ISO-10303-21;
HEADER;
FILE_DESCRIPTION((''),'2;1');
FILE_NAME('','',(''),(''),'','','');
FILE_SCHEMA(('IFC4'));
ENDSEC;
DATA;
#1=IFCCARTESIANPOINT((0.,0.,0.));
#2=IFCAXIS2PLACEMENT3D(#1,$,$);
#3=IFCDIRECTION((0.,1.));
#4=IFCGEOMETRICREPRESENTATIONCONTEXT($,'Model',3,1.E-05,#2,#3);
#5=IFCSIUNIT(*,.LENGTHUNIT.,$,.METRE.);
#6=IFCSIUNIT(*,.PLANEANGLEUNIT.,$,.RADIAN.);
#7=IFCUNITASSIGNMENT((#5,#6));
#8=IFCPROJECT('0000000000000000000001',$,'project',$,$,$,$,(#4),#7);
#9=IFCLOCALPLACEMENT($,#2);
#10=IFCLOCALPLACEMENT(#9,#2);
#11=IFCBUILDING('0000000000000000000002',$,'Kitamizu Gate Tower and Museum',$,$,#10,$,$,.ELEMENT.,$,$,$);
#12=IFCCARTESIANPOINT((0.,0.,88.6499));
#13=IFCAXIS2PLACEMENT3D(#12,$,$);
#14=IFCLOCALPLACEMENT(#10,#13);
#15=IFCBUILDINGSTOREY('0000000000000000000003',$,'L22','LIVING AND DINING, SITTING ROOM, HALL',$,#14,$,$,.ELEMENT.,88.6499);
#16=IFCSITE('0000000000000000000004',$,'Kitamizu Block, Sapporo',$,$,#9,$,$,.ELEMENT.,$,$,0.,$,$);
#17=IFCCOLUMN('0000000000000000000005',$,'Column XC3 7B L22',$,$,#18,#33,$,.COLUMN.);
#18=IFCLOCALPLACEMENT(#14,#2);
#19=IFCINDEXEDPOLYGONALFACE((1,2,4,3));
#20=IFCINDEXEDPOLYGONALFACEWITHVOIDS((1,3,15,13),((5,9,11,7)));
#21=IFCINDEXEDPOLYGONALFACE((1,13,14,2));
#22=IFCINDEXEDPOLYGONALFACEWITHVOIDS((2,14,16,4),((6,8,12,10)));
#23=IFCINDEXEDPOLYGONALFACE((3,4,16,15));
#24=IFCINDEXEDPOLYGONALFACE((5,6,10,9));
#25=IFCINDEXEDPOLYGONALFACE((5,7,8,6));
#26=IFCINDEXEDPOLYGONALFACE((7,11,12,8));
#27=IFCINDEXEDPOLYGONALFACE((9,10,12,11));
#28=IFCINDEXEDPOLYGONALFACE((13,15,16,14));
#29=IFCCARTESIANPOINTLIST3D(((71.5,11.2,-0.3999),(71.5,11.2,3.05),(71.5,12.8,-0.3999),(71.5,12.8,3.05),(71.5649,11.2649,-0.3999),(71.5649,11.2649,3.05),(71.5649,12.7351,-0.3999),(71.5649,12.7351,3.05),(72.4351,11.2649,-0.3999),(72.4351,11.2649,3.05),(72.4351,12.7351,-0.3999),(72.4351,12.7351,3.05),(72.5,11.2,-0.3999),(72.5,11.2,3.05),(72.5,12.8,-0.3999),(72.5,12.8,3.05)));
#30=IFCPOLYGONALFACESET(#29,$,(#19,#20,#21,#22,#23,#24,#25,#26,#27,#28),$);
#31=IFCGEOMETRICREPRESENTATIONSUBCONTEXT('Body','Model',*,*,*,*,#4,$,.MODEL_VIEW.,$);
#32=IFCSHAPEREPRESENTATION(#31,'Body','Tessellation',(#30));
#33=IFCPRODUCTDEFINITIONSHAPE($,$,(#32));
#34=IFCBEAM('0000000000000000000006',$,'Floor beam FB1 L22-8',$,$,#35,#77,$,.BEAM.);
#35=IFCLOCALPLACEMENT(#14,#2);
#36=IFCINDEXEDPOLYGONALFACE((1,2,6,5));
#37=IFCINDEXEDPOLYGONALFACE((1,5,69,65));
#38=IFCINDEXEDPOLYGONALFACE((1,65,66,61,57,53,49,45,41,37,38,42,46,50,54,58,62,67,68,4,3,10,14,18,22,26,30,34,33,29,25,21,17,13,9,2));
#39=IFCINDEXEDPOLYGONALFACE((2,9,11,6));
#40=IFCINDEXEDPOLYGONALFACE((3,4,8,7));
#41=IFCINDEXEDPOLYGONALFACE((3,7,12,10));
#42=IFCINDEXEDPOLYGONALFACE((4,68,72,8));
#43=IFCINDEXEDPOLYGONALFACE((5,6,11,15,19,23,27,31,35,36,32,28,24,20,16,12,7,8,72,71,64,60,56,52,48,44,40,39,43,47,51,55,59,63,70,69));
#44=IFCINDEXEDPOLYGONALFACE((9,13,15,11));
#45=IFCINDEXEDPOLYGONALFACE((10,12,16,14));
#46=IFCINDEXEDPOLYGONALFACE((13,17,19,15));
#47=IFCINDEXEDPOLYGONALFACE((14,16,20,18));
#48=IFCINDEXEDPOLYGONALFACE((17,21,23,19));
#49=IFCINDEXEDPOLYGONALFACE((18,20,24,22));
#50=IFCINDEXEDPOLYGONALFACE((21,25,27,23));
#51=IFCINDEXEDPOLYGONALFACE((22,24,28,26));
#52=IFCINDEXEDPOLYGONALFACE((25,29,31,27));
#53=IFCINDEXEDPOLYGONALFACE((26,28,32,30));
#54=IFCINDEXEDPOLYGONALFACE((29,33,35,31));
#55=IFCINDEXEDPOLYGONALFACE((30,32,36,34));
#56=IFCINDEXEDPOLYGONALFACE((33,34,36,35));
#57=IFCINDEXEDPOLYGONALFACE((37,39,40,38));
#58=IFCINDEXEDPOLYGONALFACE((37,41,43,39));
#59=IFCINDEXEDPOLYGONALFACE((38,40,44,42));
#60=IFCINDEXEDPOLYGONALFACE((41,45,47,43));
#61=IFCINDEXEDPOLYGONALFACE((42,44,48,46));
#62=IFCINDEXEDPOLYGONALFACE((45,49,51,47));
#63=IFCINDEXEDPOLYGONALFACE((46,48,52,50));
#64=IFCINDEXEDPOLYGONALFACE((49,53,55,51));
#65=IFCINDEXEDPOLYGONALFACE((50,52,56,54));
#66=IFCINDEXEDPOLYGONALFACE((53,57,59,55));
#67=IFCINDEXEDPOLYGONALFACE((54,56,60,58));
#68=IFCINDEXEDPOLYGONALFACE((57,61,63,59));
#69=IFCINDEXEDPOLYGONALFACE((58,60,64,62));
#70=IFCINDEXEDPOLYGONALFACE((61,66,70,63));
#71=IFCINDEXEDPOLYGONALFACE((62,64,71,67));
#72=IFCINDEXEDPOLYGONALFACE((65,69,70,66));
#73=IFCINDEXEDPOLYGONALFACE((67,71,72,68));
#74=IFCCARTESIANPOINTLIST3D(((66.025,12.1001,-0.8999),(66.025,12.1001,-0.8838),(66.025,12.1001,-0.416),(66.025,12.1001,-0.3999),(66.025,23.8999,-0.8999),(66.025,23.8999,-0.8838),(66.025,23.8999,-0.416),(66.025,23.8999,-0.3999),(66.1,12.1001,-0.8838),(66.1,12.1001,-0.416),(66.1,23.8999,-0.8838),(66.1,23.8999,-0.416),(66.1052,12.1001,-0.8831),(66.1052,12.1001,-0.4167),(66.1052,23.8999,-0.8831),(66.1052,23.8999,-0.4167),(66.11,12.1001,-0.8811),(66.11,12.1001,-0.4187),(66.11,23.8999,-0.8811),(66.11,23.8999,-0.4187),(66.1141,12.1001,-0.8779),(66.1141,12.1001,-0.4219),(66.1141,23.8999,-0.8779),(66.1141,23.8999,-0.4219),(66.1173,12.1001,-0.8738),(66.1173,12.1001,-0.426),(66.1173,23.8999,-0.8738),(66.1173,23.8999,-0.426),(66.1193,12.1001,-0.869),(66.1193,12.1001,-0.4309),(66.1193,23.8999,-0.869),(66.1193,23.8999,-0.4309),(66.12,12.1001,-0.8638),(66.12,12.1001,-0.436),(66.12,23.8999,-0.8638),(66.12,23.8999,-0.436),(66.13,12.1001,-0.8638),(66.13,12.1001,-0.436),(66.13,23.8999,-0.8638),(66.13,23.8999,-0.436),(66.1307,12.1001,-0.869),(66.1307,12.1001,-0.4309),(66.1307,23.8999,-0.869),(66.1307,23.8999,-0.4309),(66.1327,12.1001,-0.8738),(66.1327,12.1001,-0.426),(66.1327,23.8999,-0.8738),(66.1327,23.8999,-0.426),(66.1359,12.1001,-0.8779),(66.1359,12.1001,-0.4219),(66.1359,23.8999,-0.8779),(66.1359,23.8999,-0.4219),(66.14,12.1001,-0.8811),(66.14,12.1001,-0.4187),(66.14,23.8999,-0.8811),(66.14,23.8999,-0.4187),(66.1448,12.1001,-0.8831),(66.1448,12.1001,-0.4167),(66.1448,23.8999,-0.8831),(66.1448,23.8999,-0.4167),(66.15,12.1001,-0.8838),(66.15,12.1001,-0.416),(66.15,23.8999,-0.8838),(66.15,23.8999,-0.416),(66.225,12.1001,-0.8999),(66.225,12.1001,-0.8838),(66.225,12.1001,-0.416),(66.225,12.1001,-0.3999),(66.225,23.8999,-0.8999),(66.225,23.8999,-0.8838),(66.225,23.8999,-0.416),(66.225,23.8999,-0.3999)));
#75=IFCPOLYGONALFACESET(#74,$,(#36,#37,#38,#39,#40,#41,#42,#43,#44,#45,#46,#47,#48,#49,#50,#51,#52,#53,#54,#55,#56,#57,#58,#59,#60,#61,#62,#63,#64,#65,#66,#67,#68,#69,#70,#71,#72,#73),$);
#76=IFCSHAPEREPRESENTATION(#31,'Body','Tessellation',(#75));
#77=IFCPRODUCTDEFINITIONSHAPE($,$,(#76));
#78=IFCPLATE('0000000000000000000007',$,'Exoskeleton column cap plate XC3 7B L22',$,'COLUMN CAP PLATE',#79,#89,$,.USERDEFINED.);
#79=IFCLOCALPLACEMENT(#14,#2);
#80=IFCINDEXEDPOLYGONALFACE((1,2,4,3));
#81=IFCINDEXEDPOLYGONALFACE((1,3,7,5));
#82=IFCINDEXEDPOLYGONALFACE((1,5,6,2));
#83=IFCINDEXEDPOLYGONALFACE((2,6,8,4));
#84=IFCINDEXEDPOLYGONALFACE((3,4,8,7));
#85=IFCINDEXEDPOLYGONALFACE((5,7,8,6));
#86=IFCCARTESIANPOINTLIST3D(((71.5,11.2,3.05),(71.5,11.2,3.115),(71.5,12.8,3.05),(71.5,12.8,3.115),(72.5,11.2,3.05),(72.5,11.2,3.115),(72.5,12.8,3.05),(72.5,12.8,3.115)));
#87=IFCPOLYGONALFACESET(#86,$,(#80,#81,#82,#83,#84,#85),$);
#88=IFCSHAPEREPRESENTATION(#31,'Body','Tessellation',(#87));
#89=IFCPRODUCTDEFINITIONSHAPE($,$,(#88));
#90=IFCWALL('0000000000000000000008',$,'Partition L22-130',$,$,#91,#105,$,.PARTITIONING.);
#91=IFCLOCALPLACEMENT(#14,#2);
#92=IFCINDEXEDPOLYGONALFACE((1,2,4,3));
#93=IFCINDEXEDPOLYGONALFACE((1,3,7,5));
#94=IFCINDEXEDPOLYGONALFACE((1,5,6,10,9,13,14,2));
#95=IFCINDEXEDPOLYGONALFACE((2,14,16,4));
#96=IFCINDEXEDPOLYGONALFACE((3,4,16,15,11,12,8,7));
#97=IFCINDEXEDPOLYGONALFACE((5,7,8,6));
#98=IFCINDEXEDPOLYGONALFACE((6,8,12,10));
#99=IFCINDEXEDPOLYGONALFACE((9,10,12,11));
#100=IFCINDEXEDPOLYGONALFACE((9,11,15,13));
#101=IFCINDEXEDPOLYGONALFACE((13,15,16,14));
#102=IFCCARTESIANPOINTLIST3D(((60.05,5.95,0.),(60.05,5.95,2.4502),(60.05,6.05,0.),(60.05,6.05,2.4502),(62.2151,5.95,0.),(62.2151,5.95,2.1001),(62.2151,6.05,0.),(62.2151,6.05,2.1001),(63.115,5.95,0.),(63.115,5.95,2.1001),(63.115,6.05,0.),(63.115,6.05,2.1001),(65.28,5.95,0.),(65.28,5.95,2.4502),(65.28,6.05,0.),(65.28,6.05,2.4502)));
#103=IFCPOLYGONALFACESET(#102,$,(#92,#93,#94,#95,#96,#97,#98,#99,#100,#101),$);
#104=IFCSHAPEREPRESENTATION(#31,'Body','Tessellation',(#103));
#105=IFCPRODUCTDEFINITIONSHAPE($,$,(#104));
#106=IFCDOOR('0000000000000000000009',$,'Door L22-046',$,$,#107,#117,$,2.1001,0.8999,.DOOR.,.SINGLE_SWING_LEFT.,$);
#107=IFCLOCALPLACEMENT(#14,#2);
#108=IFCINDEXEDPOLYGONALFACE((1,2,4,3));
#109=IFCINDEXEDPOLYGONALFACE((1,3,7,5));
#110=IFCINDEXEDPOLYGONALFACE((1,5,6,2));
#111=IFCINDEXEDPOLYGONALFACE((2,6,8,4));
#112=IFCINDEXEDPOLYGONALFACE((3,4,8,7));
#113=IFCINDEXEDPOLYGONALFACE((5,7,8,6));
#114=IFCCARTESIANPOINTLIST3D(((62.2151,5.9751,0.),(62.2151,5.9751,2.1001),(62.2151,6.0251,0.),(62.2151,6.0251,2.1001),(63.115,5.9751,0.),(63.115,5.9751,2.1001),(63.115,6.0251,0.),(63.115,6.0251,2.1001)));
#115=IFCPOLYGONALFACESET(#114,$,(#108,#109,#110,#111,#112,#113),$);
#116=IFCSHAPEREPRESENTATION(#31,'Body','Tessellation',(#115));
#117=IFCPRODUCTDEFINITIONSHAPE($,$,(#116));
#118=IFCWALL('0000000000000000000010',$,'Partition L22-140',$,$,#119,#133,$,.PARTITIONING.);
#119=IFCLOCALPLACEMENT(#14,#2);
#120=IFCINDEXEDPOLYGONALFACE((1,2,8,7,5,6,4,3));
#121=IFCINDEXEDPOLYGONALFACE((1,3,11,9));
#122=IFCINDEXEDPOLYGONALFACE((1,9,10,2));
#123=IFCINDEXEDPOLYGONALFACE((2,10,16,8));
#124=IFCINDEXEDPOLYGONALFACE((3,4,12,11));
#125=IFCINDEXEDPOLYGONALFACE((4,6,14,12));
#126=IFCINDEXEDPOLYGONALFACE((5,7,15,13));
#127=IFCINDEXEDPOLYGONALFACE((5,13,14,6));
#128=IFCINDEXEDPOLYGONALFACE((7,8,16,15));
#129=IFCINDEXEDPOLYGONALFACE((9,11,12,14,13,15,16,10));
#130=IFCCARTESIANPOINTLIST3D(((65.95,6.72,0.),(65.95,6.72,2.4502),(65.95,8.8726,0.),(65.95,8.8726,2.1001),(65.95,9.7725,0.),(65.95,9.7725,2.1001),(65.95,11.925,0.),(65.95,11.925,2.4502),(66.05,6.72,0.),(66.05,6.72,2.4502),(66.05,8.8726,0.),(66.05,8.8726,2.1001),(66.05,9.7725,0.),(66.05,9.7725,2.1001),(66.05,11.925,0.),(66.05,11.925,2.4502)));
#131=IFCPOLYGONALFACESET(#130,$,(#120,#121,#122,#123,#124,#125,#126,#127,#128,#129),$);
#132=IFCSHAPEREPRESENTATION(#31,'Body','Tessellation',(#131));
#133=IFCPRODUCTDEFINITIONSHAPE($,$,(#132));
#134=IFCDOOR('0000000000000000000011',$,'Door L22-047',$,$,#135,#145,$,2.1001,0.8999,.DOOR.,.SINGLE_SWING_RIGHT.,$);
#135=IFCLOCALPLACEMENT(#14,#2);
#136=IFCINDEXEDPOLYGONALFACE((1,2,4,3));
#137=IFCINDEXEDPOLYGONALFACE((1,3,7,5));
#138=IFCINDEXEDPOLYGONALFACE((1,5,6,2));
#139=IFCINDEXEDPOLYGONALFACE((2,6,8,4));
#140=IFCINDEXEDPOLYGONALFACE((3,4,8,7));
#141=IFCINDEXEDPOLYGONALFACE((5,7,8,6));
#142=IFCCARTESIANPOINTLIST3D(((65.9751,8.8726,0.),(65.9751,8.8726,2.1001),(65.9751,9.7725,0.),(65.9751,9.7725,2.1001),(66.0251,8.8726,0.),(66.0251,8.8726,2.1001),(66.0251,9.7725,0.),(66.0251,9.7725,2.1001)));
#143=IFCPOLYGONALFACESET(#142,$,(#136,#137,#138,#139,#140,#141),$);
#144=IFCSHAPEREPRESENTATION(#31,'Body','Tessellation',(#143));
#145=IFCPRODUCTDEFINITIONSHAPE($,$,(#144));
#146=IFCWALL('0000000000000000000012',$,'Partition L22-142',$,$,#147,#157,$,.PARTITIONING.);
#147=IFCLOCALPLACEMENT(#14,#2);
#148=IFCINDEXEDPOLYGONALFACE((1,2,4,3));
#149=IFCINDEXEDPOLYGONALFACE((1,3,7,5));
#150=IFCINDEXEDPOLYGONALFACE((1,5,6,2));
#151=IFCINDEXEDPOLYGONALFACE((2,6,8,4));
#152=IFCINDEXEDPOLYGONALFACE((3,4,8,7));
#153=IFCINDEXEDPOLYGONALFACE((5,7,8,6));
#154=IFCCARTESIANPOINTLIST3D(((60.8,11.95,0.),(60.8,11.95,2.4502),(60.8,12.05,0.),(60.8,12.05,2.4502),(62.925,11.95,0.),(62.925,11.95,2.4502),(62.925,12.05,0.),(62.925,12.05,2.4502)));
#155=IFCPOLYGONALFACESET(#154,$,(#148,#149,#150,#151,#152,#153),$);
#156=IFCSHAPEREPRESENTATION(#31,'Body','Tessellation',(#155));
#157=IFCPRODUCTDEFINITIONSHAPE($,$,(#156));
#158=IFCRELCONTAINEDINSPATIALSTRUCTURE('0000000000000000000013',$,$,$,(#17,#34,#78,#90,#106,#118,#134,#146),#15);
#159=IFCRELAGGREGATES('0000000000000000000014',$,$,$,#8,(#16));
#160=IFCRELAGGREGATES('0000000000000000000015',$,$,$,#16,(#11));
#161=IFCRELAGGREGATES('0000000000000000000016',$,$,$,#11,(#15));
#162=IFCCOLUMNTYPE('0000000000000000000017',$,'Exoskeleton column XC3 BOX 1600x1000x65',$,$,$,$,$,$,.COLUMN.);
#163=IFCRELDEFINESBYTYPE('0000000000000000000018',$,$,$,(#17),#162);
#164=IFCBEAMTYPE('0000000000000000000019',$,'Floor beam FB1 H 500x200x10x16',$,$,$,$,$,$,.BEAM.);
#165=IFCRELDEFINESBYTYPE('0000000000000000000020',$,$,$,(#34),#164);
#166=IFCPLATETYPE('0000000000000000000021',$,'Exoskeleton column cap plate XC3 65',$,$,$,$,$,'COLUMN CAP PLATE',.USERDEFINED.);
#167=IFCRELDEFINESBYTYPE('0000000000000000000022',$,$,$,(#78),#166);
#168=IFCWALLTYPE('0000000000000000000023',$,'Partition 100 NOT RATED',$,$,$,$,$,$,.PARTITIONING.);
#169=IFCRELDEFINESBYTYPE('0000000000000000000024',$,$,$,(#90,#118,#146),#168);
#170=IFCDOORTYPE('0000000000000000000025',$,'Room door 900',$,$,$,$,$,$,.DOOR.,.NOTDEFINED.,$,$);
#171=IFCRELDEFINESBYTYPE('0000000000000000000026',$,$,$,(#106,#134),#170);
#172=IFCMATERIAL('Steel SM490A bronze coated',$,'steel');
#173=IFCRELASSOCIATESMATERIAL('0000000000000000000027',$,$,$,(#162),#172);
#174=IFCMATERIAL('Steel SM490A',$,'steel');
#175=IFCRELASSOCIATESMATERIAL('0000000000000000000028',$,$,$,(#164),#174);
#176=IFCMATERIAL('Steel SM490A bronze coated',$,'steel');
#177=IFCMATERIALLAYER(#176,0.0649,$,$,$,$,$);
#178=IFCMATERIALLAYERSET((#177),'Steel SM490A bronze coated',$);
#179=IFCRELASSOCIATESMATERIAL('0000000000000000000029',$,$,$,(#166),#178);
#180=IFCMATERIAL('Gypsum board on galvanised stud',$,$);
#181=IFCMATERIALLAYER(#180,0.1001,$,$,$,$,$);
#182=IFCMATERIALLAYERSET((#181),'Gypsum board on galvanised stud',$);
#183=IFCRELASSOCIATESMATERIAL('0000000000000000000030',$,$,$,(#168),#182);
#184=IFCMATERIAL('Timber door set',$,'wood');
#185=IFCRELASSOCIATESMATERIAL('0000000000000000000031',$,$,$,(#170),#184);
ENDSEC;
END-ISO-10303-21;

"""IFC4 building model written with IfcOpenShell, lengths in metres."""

from ifc_helpers import new_model, si_unit, direction, frame, frame_2d, origin, origin_2d, place, context, subcontext, project, spatial, rectangle, hollow_rectangle, i_section, extrude, material, layer, layer_set, material_profile, profile_set, type_object, element, fill, save


model = new_model("IFC4")

# Units and contexts
model_context = context("Model", 3, precision=1e-05, world=origin(), true_north=direction((0.0, 1.0)))
body_context = subcontext(model_context, "Body", "Model", "MODEL_VIEW")
ifc_project = project(units=[si_unit("LENGTHUNIT", "METRE"), si_unit("PLANEANGLEUNIT", "RADIAN")], contexts=[model_context])

# Site, building, storey
site_placement = place(None, origin())
site = spatial("IfcSite", under=ifc_project, at=site_placement, Name="Kitamizu Block, Sapporo", CompositionType="ELEMENT", RefElevation=0.0)
building_placement = place(site_placement, origin())
building = spatial("IfcBuilding", under=site, at=building_placement, Name="Kitamizu Gate Tower and Museum", CompositionType="ELEMENT")
storey_placement = place(building_placement, frame((0.0, 0.0, 88.6499)))
storey = spatial("IfcBuildingStorey", under=building, at=storey_placement, Name="L22", Description="LIVING AND DINING, SITTING ROOM, HALL", CompositionType="ELEMENT", Elevation=88.6499)

# Column
ifc_material_1 = material(Name="Steel SM490A bronze coated", Category="steel")
ifc_material_profile_1 = material_profile(ifc_material_1, hollow_rectangle(XDim=1.6001, YDim=1.0, WallThickness=0.0649, at=origin_2d()), Name="BOX 1600x1000x65")
ifc_profile_set_1 = profile_set([ifc_material_profile_1], Name="Steel SM490A bronze coated")
column_type = type_object("IfcColumnType", Name="Exoskeleton column XC3 BOX 1600x1000x65", PredefinedType="COLUMN", material=ifc_profile_set_1)
column_placement = place(storey_placement, frame((72.0, 12.0, -0.3999), z_axis=(0.0, 0.0, 1.0), x_axis=(0.0, 1.0, 0.0)))
element("IfcColumn", 1, at=column_placement, inside=storey, type_object=column_type, Name="Column XC3 7B L22", PredefinedType="COLUMN", context=body_context, shape_type="SweptSolid", body=[
    extrude(hollow_rectangle(XDim=1.6001, YDim=1.0, WallThickness=0.0649, at=origin_2d()), origin(), (0.0, 0.0, 1.0), 3.45),
])

# Beam
ifc_material_2 = material(Name="Steel SM490A", Category="steel")
ifc_material_profile_2 = material_profile(ifc_material_2, i_section(OverallWidth=0.2, OverallDepth=0.5, WebThickness=0.01, FlangeThickness=0.0161, FilletRadius=0.02, at=origin_2d()), Name="H-500x200x10x16")
ifc_profile_set_2 = profile_set([ifc_material_profile_2], Name="Steel SM490A")
beam_type = type_object("IfcBeamType", Name="Floor beam FB1 H 500x200x10x16", PredefinedType="BEAM", material=ifc_profile_set_2)
beam_placement = place(storey_placement, frame((66.125, 12.1001, -0.6499), z_axis=(0.0, 1.0, 0.0), x_axis=(-1.0, 0.0, 0.0)))
element("IfcBeam", 2, at=beam_placement, inside=storey, type_object=beam_type, Name="Floor beam FB1 L22-8", PredefinedType="BEAM", context=body_context, shape_type="SweptSolid", body=[
    extrude(i_section(OverallWidth=0.2, OverallDepth=0.5, WebThickness=0.01, FlangeThickness=0.0161, FilletRadius=0.02, at=origin_2d()), origin(), (0.0, 0.0, 1.0), 11.7998),
])

# Plate
ifc_material_3 = material(Name="Steel SM490A bronze coated", Category="steel")
ifc_layer_1 = layer(ifc_material_3, 0.0649)
ifc_layer_set_1 = layer_set([ifc_layer_1], Name="Steel SM490A bronze coated")
plate_type = type_object("IfcPlateType", Name="Exoskeleton column cap plate XC3 65", ElementType="COLUMN CAP PLATE", PredefinedType="USERDEFINED", material=ifc_layer_set_1)
plate_placement = place(storey_placement, frame((72.0, 12.0, 3.05), z_axis=(0.0, 0.0, 1.0), x_axis=(0.0, 1.0, 0.0)))
element("IfcPlate", 3, at=plate_placement, inside=storey, type_object=plate_type, Name="Exoskeleton column cap plate XC3 7B L22", ObjectType="COLUMN CAP PLATE", PredefinedType="USERDEFINED", context=body_context, shape_type="SweptSolid", body=[
    extrude(rectangle(XDim=1.6001, YDim=1.0, at=origin_2d()), origin(), (0.0, 0.0, 1.0), 0.0649),
])

# Walls, openings, doors
ifc_material_4 = material(Name="Gypsum board on galvanised stud")
ifc_layer_2 = layer(ifc_material_4, 0.1001)
ifc_layer_set_2 = layer_set([ifc_layer_2], Name="Gypsum board on galvanised stud")
wall_type_1 = type_object("IfcWallType", Name="Partition 100 NOT RATED", PredefinedType="PARTITIONING", material=ifc_layer_set_2)
wall_1_placement = place(storey_placement, frame((65.28, 6.0, 0.0), z_axis=(0.0, 0.0, 1.0), x_axis=(-1.0, 0.0, 0.0)))
wall_1 = element("IfcWall", 4, at=wall_1_placement, inside=storey, type_object=wall_type_1, Name="Partition L22-130", PredefinedType="PARTITIONING", context=body_context, shape_type="SweptSolid", body=[
    extrude(rectangle(XDim=5.23, YDim=0.1001, at=frame_2d((2.615, 0.0))), origin(), (0.0, 0.0, 1.0), 2.4502),
])
opening_1_placement = place(wall_1_placement, frame((2.165, 0.0, 0.0)))
opening_1 = element("IfcOpeningElement", 5, at=opening_1_placement, cuts=wall_1, PredefinedType="OPENING", context=body_context, shape_type="SweptSolid", body=[
    extrude(rectangle(XDim=0.8999, YDim=2.1001, at=frame_2d((0.45, 1.05))), frame((0.0, 0.0601, 0.0), z_axis=(0.0, -1.0, 0.0), x_axis=(1.0, 0.0, 0.0)), (0.0, 0.0, 1.0), 0.1201),
])
ifc_material_5 = material(Name="Timber door set", Category="wood")
door_type_1 = type_object("IfcDoorType", Name="Room door 900", OperationType="NOTDEFINED", PredefinedType="DOOR", material=ifc_material_5)
door_1_placement = place(opening_1_placement, origin())
door_1 = element("IfcDoor", 6, at=door_1_placement, inside=storey, type_object=door_type_1, Name="Door L22-046", OperationType="SINGLE_SWING_LEFT", OverallHeight=2.1001, OverallWidth=0.8999, PredefinedType="DOOR", context=body_context, shape_type="SweptSolid", body=[
    extrude(rectangle(XDim=0.8999, YDim=2.1001, at=frame_2d((0.45, 1.05))), frame((0.0, 0.0249, 0.0), z_axis=(0.0, -1.0, 0.0), x_axis=(1.0, 0.0, 0.0)), (0.0, 0.0, 1.0), 0.05),
])
fill(opening_1, door_1)
wall_2_placement = place(storey_placement, frame((66.0, 6.72, 0.0), z_axis=(0.0, 0.0, 1.0), x_axis=(0.0, 1.0, 0.0)))
wall_2 = element("IfcWall", 7, at=wall_2_placement, inside=storey, type_object=wall_type_1, Name="Partition L22-140", PredefinedType="PARTITIONING", context=body_context, shape_type="SweptSolid", body=[
    extrude(rectangle(XDim=5.2051, YDim=0.1001, at=frame_2d((2.6025, 0.0))), origin(), (0.0, 0.0, 1.0), 2.4502),
])
opening_2_placement = place(wall_2_placement, frame((2.1526, 0.0, 0.0)))
opening_2 = element("IfcOpeningElement", 8, at=opening_2_placement, cuts=wall_2, PredefinedType="OPENING", context=body_context, shape_type="SweptSolid", body=[
    extrude(rectangle(XDim=0.8999, YDim=2.1001, at=frame_2d((0.45, 1.05))), frame((0.0, 0.0601, 0.0), z_axis=(0.0, -1.0, 0.0), x_axis=(1.0, 0.0, 0.0)), (0.0, 0.0, 1.0), 0.1201),
])
door_2_placement = place(opening_2_placement, origin())
door_2 = element("IfcDoor", 9, at=door_2_placement, inside=storey, type_object=door_type_1, Name="Door L22-047", OperationType="SINGLE_SWING_RIGHT", OverallHeight=2.1001, OverallWidth=0.8999, PredefinedType="DOOR", context=body_context, shape_type="SweptSolid", body=[
    extrude(rectangle(XDim=0.8999, YDim=2.1001, at=frame_2d((0.45, 1.05))), frame((0.0, 0.0249, 0.0), z_axis=(0.0, -1.0, 0.0), x_axis=(1.0, 0.0, 0.0)), (0.0, 0.0, 1.0), 0.05),
])
fill(opening_2, door_2)

# Wall
wall_3_placement = place(storey_placement, frame((62.925, 12.0, 0.0), z_axis=(0.0, 0.0, 1.0), x_axis=(-1.0, 0.0, 0.0)))
element("IfcWall", 10, at=wall_3_placement, inside=storey, type_object=wall_type_1, Name="Partition L22-142", PredefinedType="PARTITIONING", context=body_context, shape_type="SweptSolid", body=[
    extrude(rectangle(XDim=2.125, YDim=0.1001, at=frame_2d((1.0625, 0.0))), origin(), (0.0, 0.0, 1.0), 2.4502),
])

save(model, "model.ifc")
